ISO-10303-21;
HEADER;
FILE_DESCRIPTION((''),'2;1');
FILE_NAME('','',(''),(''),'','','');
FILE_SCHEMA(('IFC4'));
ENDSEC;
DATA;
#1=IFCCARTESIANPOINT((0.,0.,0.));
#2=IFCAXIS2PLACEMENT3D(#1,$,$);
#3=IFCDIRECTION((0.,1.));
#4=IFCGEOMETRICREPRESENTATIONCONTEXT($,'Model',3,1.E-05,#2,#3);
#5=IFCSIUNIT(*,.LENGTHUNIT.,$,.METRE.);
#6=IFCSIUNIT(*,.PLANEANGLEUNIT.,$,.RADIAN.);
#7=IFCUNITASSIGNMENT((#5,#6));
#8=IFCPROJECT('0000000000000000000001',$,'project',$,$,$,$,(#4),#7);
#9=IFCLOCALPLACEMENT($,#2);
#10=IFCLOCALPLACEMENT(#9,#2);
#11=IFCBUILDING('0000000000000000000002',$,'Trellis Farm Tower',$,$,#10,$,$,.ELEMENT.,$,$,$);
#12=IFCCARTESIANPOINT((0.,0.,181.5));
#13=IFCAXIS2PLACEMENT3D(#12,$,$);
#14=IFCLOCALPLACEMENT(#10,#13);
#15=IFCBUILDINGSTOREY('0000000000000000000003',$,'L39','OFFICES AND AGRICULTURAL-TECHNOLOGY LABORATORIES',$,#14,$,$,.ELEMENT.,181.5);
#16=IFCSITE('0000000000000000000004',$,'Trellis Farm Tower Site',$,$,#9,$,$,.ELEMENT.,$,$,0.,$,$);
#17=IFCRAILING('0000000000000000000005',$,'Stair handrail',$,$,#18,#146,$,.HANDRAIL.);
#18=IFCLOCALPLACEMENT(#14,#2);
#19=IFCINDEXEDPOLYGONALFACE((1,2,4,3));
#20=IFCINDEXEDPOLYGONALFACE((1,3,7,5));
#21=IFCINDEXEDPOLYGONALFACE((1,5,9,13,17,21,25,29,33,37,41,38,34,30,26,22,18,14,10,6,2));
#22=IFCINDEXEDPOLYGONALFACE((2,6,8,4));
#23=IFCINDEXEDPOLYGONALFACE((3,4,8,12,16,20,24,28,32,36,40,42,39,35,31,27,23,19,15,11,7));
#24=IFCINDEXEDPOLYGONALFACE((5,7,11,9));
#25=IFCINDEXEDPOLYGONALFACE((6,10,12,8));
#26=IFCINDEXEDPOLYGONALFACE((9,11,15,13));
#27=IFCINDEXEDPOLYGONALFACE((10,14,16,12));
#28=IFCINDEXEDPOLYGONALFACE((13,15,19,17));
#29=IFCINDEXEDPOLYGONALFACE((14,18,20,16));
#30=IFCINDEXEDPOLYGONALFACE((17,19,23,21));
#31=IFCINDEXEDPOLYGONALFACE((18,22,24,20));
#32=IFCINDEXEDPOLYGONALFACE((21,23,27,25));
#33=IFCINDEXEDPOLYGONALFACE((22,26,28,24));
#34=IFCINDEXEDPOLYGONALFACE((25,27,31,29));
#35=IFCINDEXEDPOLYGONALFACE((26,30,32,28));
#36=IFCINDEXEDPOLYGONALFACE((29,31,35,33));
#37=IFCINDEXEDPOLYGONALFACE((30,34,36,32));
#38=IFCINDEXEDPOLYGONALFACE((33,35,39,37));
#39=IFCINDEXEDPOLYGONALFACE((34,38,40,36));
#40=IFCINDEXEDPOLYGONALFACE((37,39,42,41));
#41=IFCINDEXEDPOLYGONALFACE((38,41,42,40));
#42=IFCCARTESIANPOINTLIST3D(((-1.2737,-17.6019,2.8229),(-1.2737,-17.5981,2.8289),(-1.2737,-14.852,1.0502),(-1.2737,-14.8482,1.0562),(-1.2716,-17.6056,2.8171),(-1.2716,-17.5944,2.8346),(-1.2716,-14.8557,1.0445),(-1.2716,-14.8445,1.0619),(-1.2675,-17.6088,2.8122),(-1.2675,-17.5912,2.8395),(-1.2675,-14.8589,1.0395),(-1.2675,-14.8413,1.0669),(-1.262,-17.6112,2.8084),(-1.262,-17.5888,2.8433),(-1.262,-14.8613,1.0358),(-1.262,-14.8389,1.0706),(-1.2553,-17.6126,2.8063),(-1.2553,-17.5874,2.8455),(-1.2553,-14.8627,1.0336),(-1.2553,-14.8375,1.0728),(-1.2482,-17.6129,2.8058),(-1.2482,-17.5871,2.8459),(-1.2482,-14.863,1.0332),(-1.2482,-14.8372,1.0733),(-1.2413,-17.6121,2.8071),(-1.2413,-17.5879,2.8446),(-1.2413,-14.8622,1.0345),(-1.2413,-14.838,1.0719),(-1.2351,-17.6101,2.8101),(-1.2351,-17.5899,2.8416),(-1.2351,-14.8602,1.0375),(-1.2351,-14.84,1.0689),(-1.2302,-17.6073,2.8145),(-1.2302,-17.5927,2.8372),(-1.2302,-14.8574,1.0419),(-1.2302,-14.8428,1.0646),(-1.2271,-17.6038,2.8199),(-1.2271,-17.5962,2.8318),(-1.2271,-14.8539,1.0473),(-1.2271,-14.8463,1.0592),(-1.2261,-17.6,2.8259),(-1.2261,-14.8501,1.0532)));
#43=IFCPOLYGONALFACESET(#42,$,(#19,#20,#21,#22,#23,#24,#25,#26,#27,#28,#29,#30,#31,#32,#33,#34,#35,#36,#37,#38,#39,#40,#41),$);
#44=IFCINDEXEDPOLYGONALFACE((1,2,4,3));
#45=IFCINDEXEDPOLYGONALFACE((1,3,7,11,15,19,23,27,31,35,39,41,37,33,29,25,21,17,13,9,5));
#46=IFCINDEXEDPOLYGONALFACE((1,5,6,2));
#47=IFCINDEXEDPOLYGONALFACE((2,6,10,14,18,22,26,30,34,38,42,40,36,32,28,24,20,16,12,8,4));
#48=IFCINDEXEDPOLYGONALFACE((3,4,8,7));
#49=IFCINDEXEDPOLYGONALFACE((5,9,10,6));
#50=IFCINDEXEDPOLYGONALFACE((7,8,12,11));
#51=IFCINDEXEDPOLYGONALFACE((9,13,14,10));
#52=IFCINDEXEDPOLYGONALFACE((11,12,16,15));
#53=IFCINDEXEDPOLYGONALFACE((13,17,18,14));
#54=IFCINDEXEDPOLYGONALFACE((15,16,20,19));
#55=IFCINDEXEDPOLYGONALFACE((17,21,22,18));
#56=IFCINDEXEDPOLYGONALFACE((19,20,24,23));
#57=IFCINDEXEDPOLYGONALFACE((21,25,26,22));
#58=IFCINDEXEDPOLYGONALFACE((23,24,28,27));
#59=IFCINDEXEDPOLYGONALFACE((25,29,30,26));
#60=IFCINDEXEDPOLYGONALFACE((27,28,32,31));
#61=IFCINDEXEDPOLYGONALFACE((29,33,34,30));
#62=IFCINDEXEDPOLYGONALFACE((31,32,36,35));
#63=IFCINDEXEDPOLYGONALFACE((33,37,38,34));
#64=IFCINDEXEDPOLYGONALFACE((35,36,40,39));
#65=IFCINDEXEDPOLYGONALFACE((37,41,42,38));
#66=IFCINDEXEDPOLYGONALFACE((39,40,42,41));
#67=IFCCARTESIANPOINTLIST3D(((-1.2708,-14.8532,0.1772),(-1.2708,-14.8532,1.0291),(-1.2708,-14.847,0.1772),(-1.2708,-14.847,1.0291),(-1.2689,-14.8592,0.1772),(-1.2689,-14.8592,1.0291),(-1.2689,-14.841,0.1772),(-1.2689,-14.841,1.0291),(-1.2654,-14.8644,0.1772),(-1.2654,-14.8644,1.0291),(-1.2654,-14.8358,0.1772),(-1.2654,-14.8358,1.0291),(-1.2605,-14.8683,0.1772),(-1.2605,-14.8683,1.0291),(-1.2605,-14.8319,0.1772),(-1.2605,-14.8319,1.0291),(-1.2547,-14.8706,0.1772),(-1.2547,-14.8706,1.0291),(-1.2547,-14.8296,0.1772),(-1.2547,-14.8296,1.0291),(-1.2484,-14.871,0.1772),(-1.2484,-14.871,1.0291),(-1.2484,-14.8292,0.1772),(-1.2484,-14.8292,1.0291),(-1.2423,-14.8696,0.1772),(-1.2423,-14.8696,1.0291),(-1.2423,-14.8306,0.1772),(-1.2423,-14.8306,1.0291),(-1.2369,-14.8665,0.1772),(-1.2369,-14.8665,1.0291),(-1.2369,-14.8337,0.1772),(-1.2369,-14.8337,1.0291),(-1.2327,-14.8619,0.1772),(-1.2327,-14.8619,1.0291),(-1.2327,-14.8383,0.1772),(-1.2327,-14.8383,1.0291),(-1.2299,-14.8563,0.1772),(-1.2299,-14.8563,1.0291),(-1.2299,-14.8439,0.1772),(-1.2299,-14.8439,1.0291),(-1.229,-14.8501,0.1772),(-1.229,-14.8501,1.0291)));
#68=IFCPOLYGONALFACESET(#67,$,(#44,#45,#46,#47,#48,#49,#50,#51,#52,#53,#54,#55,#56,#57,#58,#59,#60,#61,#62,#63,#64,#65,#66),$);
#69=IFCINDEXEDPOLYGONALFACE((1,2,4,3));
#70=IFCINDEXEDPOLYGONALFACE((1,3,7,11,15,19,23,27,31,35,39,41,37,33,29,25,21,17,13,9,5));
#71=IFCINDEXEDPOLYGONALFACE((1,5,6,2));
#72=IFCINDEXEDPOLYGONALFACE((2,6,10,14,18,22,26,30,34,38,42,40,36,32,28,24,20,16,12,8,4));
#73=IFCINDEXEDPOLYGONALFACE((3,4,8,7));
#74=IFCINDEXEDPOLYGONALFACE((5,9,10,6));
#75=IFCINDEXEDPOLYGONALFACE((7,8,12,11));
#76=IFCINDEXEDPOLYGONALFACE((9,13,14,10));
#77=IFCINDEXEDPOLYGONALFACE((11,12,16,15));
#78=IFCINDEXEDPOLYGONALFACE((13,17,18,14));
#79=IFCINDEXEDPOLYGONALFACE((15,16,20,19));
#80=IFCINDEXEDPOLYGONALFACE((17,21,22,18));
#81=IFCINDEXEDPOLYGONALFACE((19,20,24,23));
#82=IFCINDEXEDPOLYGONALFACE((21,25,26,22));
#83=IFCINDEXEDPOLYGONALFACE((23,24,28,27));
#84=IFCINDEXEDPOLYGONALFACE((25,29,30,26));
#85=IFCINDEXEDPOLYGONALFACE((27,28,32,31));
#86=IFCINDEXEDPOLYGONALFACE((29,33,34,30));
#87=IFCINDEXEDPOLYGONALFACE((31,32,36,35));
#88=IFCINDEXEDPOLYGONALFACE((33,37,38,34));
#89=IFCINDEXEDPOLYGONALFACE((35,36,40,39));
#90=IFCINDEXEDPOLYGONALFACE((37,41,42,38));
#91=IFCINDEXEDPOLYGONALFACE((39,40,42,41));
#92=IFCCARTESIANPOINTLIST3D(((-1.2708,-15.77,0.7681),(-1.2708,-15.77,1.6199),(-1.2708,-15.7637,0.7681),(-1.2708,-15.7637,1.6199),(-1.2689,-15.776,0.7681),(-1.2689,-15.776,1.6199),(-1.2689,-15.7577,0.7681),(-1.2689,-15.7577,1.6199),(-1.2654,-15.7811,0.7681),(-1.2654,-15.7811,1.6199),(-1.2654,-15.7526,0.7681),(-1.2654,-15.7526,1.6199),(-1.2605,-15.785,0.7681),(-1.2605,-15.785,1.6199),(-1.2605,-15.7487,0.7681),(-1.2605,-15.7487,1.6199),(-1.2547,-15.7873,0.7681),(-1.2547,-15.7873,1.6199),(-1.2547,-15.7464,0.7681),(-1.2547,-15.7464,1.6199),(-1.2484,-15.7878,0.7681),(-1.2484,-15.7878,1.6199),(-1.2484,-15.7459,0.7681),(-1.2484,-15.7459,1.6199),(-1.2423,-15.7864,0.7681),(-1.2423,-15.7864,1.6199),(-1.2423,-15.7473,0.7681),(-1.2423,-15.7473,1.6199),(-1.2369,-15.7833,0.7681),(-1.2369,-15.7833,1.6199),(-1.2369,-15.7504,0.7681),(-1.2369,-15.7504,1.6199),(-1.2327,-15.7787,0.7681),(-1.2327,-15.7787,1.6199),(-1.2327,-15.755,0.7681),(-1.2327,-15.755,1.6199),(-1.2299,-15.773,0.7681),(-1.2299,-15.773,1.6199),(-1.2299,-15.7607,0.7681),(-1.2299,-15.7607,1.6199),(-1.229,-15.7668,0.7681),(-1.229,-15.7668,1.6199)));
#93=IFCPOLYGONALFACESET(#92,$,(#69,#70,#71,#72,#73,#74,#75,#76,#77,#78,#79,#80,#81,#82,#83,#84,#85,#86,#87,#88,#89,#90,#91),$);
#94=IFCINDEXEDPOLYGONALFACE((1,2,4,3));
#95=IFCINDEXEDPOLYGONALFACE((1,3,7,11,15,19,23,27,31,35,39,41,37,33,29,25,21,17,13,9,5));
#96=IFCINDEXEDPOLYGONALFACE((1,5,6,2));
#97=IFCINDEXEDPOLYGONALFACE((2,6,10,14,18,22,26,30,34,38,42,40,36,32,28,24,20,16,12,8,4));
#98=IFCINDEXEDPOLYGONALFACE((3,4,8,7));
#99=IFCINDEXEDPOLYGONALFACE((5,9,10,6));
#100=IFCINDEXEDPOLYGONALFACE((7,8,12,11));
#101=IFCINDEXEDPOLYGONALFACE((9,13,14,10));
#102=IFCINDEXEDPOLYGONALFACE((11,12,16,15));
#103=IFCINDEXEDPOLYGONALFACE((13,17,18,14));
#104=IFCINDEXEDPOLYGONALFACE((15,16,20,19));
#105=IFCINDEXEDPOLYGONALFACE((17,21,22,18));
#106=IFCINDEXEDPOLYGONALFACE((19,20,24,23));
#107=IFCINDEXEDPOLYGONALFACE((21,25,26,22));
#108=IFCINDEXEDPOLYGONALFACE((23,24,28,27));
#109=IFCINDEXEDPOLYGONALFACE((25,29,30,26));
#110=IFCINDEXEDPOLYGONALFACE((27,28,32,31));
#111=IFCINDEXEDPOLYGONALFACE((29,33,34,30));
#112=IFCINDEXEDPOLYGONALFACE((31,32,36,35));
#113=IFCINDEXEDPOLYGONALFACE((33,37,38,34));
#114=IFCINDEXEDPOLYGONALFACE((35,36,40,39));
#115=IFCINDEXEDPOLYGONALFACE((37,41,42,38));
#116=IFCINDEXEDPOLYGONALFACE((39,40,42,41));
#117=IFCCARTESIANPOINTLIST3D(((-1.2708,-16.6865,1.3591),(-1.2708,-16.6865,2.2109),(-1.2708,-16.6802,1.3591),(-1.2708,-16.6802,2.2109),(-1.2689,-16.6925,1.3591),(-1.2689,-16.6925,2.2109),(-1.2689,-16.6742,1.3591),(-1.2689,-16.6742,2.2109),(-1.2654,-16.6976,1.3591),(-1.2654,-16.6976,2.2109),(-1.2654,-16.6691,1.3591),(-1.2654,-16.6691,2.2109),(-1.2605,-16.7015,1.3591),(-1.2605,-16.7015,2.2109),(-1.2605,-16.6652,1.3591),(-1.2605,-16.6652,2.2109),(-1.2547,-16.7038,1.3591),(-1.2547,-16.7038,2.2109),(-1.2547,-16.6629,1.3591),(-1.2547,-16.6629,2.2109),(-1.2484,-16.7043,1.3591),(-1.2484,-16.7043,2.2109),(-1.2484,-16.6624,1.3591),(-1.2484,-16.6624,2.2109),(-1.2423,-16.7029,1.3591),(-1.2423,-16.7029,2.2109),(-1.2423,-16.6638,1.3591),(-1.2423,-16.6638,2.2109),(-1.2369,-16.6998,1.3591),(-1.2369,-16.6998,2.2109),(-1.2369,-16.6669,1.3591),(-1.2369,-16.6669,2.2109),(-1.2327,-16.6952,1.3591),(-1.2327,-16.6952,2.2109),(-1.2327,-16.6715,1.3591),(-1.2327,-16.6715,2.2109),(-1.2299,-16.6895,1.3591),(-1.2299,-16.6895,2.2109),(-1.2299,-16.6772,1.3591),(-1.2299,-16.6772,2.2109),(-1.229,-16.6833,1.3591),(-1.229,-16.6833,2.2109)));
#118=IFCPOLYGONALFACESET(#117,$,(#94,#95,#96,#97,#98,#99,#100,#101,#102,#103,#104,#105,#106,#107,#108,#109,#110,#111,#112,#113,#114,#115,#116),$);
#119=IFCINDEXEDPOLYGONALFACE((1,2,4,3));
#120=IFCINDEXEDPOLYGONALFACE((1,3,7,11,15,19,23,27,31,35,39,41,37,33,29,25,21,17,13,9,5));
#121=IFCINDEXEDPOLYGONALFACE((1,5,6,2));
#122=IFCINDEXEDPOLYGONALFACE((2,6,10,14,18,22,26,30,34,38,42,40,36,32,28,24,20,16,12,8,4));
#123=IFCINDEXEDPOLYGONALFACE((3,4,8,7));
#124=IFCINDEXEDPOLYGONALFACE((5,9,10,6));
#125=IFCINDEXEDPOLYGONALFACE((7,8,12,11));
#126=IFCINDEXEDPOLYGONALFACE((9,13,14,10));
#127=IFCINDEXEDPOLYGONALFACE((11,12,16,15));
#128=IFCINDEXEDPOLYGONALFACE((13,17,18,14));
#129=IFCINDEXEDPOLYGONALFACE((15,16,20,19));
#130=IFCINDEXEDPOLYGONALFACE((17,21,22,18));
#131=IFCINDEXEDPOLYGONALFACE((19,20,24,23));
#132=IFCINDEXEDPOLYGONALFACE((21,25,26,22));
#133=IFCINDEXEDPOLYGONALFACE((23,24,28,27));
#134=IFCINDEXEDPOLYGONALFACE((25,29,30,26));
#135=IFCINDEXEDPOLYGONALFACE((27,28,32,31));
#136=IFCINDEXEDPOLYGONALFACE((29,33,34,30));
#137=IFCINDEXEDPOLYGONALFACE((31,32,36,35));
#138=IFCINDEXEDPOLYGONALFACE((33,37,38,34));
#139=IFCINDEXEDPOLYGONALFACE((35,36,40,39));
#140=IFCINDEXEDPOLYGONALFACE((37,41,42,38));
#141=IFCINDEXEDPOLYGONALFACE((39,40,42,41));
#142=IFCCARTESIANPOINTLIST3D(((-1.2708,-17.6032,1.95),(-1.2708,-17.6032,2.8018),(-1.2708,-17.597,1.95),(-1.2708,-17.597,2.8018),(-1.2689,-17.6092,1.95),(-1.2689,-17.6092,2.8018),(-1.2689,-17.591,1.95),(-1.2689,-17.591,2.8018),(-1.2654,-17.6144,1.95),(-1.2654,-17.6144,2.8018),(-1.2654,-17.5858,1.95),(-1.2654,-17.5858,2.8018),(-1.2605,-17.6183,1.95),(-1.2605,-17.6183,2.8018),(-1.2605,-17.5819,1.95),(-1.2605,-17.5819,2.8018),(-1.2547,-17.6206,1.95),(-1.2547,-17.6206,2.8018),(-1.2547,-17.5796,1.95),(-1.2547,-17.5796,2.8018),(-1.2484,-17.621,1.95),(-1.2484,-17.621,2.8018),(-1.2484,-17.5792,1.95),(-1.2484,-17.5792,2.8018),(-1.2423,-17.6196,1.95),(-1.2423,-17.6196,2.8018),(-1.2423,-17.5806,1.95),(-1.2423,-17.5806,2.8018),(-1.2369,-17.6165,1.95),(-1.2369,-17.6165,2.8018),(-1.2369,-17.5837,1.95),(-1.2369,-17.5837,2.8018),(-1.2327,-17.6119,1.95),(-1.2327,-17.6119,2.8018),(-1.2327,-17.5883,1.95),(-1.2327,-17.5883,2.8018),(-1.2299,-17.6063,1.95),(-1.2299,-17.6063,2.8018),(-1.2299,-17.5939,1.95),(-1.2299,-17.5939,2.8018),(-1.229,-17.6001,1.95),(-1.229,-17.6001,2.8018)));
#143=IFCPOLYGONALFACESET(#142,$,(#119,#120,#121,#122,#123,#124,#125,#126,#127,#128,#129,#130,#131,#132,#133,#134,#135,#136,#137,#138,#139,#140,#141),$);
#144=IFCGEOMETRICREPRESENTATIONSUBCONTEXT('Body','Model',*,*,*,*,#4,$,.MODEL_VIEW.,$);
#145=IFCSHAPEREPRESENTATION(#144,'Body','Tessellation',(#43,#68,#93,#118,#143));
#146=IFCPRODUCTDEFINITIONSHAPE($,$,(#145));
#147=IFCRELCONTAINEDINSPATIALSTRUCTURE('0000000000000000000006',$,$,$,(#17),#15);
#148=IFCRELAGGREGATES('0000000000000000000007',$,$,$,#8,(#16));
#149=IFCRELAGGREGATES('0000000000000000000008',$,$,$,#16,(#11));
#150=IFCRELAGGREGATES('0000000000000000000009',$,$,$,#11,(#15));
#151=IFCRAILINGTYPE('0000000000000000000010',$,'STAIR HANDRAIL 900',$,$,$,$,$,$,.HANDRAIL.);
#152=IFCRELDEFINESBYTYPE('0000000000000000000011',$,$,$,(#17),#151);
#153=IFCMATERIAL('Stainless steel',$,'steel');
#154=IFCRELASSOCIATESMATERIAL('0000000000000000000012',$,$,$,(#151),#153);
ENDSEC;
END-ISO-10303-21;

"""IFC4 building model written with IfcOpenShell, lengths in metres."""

from ifc_helpers import new_model, si_unit, direction, frame, origin, origin_2d, place, context, subcontext, project, spatial, circle, extrude, source, transform, mapped, material, type_object, element, save


model = new_model("IFC4")

# Units and contexts
model_context = context("Model", 3, precision=1e-05, world=origin(), true_north=direction((0.0, 1.0)))
body_context = subcontext(model_context, "Body", "Model", "MODEL_VIEW")
ifc_project = project(units=[si_unit("LENGTHUNIT", "METRE"), si_unit("PLANEANGLEUNIT", "RADIAN")], contexts=[model_context])

# Site, building, storey
site_placement = place(None, origin())
site = spatial("IfcSite", under=ifc_project, at=site_placement, Name="Trellis Farm Tower Site", CompositionType="ELEMENT", RefElevation=0.0)
building_placement = place(site_placement, origin())
building = spatial("IfcBuilding", under=site, at=building_placement, Name="Trellis Farm Tower", CompositionType="ELEMENT")
storey_placement = place(building_placement, frame((0.0, 0.0, 181.5)))
storey = spatial("IfcBuildingStorey", under=building, at=storey_placement, Name="L39", Description="OFFICES AND AGRICULTURAL-TECHNOLOGY LABORATORIES", CompositionType="ELEMENT", Elevation=181.5)

# Railing
ifc_material_1 = material(Name="Stainless steel", Category="steel")
railing_type = type_object("IfcRailingType", Name="STAIR HANDRAIL 900", PredefinedType="HANDRAIL", material=ifc_material_1)
shared_shape_1 = source(origin(), body_context, "Body", "SweptSolid", [
    extrude(circle(Radius=0.0239, at=origin_2d()), frame((0.0, 0.0, 0.876), z_axis=(0.0, -0.840504, 0.541806), x_axis=(1.0, 0.0, 0.0)), (0.0, 0.0, 1.0), 3.2717),
    extrude(circle(Radius=0.021, at=origin_2d()), origin(), (0.0, 0.0, 1.0), 0.8518),
    extrude(circle(Radius=0.021, at=origin_2d()), frame((0.0, -0.9167, 0.5908)), (0.0, 0.0, 1.0), 0.8518),
    extrude(circle(Radius=0.021, at=origin_2d()), frame((0.0, -1.8333, 1.1819)), (0.0, 0.0, 1.0), 0.8518),
    extrude(circle(Radius=0.021, at=origin_2d()), frame((0.0, -2.75, 1.7727)), (0.0, 0.0, 1.0), 0.8518),
])
railing_placement = place(storey_placement, frame((-1.25, -14.8501, 0.1772)))
element("IfcRailing", 1, at=railing_placement, inside=storey, type_object=railing_type, Name="Stair handrail", PredefinedType="HANDRAIL", context=body_context, shape_type="MappedRepresentation", body=[
    mapped(shared_shape_1, transform((0.0, 0.0, 0.0))),
])

save(model, "model.ifc")
